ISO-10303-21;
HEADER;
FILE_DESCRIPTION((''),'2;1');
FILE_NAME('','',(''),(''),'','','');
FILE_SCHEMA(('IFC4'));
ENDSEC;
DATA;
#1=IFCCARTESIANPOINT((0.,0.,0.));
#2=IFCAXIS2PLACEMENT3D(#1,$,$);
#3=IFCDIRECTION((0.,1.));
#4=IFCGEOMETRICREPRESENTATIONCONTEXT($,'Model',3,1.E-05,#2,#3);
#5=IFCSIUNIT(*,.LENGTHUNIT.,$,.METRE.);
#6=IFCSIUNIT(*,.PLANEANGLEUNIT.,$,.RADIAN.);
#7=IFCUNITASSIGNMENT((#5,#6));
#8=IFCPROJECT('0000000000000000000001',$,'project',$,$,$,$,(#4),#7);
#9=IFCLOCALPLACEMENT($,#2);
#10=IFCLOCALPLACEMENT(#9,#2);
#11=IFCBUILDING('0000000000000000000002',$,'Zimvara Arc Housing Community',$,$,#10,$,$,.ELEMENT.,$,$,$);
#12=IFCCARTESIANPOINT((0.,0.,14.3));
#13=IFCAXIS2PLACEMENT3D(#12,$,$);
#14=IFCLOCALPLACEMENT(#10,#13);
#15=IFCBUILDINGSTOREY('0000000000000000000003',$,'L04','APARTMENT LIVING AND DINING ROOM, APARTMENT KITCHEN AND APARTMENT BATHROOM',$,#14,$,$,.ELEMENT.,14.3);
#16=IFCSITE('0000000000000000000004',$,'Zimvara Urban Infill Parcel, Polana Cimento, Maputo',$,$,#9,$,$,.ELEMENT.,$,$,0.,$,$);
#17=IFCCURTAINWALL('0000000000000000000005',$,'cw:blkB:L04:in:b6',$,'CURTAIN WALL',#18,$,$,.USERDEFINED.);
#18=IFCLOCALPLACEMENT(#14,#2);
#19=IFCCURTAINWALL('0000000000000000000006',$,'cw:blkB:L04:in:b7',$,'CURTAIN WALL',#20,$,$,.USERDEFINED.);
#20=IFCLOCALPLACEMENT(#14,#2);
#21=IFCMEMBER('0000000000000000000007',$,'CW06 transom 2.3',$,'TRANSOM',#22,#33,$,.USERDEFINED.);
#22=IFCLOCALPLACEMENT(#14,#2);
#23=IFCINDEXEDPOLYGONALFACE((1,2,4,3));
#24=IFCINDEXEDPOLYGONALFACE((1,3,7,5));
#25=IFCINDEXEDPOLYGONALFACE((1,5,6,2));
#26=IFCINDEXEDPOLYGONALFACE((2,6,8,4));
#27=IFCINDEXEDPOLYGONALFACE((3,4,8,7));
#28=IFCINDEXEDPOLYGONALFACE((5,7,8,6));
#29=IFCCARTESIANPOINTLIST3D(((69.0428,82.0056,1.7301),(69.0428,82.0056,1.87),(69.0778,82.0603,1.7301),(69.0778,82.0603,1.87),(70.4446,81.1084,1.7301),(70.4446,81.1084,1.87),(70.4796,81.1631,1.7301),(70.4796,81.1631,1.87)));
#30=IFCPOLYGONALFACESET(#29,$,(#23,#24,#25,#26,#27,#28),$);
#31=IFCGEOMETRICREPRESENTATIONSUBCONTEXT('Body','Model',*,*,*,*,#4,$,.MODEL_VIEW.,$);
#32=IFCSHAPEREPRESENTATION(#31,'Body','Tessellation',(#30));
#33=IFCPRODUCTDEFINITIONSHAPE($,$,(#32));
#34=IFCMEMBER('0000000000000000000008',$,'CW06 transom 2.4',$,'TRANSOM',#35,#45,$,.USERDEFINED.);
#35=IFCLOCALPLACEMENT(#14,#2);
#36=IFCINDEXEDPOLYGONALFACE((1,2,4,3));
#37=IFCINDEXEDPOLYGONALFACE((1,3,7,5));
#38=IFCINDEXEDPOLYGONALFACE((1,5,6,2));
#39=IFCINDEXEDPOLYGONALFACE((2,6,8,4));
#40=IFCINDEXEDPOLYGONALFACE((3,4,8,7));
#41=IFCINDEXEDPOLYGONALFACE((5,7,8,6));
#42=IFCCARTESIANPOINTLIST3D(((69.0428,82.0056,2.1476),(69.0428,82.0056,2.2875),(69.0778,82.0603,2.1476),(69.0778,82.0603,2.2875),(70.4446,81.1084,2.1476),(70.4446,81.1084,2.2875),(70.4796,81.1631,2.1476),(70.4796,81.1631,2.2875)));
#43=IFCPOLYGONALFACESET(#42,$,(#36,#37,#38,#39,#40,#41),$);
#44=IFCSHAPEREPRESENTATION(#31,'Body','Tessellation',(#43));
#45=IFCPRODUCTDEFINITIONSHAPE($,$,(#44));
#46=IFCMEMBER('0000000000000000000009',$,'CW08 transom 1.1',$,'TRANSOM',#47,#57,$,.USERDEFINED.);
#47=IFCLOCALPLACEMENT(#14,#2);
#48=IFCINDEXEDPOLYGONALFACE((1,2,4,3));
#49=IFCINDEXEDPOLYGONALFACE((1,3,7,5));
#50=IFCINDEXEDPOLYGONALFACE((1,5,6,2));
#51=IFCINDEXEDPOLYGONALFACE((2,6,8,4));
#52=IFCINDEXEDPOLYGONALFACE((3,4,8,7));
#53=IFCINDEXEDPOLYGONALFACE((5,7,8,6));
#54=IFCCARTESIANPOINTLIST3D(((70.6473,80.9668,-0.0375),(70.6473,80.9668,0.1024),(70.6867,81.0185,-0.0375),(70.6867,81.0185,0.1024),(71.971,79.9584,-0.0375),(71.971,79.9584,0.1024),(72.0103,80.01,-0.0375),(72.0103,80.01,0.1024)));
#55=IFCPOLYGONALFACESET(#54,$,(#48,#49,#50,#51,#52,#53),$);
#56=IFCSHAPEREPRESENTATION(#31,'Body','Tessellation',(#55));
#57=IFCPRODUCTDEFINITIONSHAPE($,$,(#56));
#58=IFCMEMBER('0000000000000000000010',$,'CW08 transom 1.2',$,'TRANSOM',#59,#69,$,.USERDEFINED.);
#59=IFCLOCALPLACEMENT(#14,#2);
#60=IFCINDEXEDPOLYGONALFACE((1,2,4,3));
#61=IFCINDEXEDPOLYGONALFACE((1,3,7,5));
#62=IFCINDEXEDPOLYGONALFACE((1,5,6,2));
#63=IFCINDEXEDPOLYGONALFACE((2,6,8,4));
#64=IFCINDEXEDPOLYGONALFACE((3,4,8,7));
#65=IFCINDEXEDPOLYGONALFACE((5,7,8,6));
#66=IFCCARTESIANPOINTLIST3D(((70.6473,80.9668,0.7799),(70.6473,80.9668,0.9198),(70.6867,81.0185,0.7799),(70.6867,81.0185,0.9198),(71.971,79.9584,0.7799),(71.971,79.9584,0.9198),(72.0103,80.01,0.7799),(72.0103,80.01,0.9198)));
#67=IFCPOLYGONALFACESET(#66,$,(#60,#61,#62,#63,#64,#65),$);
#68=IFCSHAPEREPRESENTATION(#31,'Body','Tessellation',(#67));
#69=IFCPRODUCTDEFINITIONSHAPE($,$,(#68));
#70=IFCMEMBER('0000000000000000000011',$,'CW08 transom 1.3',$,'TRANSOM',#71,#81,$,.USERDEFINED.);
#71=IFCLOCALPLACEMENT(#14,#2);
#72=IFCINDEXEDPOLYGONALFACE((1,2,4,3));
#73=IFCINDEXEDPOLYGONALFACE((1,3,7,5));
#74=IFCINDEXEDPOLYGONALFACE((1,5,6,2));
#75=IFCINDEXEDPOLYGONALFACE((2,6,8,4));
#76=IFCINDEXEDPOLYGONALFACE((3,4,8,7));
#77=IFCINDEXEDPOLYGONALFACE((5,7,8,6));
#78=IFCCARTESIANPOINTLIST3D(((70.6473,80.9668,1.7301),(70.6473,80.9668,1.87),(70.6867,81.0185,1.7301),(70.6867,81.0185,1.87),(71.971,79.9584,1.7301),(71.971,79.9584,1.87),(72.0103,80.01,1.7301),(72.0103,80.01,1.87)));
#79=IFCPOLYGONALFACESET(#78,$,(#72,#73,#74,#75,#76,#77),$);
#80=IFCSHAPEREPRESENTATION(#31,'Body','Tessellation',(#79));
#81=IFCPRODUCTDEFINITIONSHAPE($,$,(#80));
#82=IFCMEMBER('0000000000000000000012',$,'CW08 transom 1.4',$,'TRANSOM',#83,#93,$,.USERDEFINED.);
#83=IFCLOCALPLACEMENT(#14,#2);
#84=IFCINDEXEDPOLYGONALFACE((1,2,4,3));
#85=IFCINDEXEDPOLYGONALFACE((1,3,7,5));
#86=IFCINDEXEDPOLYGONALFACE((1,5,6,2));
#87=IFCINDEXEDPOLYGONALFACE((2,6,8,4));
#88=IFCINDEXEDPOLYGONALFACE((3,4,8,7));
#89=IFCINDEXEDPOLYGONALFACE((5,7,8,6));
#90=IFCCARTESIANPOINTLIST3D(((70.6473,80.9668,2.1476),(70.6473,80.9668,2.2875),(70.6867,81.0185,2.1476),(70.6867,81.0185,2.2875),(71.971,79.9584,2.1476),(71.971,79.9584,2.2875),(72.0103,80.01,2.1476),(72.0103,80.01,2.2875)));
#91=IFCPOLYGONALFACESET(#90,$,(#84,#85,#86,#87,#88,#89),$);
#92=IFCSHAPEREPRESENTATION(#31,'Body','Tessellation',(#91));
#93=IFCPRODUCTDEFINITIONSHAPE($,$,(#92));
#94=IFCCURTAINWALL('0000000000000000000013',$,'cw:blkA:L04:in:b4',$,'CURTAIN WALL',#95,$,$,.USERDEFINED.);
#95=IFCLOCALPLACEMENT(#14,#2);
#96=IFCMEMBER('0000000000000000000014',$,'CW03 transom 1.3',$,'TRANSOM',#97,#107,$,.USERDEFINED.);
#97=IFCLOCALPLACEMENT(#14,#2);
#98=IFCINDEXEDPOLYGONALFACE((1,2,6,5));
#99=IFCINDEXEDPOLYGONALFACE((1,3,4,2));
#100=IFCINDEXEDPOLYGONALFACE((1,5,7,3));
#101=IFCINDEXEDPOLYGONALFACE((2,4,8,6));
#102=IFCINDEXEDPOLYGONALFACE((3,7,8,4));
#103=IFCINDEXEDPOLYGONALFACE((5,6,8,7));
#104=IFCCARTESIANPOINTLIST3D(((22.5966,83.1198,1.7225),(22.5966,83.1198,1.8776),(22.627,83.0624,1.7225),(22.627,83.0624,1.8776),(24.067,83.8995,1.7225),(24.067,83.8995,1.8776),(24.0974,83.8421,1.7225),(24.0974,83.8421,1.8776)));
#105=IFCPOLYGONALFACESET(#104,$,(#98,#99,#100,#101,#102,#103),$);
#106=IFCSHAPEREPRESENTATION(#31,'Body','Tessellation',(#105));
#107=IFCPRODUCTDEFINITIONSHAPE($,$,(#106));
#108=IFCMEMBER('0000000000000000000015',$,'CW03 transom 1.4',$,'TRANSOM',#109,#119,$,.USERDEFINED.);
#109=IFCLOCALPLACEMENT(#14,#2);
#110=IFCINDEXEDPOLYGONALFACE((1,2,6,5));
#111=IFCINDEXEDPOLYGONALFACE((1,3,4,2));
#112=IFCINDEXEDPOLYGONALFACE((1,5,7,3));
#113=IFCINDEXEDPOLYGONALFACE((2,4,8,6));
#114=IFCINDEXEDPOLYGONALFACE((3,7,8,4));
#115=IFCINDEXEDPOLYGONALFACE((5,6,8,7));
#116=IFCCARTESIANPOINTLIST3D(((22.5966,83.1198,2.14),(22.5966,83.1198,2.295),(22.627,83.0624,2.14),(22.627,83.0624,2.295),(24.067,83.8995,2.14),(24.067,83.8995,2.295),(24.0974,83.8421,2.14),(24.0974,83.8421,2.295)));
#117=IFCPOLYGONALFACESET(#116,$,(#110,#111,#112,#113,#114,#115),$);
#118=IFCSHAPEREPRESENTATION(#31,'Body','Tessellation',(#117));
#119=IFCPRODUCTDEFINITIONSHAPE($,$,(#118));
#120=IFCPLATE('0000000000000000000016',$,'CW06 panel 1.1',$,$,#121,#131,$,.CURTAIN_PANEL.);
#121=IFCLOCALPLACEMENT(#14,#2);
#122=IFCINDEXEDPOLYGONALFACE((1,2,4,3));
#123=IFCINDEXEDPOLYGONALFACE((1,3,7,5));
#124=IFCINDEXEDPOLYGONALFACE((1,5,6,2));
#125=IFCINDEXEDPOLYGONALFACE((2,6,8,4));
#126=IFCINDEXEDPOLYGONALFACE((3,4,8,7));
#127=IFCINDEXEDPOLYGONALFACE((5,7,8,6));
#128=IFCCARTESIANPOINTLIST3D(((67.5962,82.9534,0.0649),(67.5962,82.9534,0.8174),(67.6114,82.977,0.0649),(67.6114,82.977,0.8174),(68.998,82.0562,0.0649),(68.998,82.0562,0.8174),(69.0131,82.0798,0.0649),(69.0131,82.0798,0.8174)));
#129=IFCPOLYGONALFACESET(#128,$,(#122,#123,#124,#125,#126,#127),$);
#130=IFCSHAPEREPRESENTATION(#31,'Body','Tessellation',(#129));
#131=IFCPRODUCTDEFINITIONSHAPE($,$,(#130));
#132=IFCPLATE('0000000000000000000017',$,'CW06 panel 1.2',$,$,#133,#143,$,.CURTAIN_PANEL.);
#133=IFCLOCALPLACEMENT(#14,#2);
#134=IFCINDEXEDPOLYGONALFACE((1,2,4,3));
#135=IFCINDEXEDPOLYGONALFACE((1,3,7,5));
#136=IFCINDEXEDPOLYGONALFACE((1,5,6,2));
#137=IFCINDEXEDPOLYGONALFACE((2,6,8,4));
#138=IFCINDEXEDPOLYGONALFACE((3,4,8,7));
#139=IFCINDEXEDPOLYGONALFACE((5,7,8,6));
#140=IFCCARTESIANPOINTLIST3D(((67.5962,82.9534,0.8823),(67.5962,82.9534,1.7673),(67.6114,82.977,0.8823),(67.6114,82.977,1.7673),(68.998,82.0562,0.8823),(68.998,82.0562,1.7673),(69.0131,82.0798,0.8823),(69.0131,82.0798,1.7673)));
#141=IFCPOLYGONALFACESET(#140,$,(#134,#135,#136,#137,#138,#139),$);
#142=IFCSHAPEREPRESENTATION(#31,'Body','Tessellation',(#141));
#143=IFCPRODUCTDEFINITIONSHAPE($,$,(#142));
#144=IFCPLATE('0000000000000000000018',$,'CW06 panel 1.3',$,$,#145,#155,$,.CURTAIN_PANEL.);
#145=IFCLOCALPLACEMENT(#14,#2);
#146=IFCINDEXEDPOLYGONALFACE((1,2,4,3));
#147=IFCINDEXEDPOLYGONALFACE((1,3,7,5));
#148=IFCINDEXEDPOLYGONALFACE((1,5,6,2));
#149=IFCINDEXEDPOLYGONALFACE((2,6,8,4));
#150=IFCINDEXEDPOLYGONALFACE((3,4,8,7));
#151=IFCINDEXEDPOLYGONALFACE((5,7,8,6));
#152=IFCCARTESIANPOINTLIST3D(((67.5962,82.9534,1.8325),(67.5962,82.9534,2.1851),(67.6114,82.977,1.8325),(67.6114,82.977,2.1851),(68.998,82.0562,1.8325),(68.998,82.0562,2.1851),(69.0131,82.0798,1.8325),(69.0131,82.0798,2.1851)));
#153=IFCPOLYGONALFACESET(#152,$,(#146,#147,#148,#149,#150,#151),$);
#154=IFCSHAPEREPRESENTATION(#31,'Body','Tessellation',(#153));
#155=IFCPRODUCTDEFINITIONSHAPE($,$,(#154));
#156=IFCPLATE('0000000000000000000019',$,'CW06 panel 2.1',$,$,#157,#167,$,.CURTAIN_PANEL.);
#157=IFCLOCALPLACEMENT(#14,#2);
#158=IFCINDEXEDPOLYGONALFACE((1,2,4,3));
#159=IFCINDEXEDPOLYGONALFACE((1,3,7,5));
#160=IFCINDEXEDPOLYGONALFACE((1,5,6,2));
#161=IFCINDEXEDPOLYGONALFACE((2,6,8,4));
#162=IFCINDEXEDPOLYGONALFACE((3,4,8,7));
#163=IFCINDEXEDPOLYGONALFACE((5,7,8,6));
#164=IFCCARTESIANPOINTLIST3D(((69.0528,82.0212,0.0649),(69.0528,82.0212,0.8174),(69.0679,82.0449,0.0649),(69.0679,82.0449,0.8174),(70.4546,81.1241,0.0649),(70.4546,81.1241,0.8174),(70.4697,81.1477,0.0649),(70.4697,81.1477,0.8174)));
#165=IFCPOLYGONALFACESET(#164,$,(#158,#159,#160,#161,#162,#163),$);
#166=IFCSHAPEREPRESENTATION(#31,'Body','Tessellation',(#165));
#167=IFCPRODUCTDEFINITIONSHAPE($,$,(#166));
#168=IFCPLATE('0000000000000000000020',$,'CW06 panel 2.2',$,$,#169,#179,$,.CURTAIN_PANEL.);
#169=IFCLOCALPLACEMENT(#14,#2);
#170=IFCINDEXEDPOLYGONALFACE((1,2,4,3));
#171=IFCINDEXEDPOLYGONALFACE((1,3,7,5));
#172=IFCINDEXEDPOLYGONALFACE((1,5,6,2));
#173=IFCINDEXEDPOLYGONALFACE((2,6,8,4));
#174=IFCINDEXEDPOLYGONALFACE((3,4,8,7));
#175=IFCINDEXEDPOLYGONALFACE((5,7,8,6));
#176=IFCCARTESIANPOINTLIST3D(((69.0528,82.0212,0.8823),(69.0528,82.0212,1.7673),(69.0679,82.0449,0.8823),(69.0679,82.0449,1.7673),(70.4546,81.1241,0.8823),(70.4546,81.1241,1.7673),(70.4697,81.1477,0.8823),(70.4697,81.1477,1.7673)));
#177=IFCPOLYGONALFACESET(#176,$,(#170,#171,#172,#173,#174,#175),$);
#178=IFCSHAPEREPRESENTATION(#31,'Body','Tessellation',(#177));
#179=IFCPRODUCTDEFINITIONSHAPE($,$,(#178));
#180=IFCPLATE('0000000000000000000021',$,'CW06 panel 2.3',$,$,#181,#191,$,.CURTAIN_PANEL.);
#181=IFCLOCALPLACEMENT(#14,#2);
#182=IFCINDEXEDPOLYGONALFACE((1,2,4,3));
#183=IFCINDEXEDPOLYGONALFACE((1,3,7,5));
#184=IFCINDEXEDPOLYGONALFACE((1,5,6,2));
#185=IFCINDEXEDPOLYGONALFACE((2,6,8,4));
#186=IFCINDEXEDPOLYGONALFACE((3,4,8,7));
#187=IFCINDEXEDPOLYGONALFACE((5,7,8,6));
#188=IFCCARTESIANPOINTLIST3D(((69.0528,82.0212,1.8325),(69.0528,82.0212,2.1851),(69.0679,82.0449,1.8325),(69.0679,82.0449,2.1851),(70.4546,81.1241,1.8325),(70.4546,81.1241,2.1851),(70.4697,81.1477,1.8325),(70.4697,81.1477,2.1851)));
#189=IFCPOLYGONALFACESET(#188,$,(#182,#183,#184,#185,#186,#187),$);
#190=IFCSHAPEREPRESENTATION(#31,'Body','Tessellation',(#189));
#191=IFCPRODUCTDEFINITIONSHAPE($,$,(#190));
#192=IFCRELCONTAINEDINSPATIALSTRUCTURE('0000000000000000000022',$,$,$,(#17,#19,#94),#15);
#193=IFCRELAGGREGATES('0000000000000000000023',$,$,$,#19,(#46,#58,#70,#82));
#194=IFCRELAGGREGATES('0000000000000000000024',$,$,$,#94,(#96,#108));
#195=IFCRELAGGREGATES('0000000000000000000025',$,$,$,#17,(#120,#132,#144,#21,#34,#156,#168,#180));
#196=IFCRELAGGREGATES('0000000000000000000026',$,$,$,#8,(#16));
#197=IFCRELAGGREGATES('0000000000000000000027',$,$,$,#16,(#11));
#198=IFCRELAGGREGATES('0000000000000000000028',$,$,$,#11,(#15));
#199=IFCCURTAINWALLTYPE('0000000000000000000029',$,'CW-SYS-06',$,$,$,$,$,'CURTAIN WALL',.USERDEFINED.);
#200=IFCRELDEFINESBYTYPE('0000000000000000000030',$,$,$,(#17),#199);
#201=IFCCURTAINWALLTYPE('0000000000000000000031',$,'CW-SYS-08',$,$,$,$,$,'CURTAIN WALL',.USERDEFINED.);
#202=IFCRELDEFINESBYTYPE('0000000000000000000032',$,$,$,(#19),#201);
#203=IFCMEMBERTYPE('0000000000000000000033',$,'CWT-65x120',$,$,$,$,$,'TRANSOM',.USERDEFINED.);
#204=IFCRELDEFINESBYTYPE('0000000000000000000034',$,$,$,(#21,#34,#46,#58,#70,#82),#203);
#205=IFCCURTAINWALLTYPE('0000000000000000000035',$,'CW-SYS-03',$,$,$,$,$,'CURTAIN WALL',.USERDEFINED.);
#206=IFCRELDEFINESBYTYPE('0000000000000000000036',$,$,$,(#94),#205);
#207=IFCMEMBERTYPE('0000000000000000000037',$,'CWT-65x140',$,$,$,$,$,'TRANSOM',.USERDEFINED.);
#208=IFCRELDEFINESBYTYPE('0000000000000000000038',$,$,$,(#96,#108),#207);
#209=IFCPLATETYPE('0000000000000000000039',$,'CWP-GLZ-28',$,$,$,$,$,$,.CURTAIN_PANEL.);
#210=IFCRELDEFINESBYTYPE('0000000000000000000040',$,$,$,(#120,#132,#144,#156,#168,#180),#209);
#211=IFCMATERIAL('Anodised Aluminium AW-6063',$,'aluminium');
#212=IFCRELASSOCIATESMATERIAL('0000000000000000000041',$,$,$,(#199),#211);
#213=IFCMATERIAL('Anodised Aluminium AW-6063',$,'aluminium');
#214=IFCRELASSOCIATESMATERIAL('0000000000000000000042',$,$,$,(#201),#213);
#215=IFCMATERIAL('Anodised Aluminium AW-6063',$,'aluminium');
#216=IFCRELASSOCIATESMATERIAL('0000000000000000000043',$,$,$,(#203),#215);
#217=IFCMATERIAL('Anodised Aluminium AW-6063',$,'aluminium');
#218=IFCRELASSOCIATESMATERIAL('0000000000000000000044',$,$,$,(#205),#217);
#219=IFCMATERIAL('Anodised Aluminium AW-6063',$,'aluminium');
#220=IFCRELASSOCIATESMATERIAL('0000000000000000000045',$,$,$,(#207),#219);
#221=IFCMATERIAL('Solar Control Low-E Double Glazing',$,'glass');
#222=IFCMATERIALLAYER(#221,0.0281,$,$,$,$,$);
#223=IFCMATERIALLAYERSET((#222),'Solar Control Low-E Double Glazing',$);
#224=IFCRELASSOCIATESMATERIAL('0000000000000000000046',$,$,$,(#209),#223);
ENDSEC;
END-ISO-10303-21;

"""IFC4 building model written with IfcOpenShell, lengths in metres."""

from ifc_helpers import new_model, si_unit, direction, frame, origin, origin_2d, place, context, subcontext, project, spatial, rectangle, extrude, material, layer, layer_set, material_profile, profile_set, type_object, element, aggregate, save


model = new_model("IFC4")

# Units and contexts
model_context = context("Model", 3, precision=1e-05, world=origin(), true_north=direction((0.0, 1.0)))
body_context = subcontext(model_context, "Body", "Model", "MODEL_VIEW")
ifc_project = project(units=[si_unit("LENGTHUNIT", "METRE"), si_unit("PLANEANGLEUNIT", "RADIAN")], contexts=[model_context])

# Site, building, storey
site_placement = place(None, origin())
site = spatial("IfcSite", under=ifc_project, at=site_placement, Name="Zimvara Urban Infill Parcel, Polana Cimento, Maputo", CompositionType="ELEMENT", RefElevation=0.0)
building_placement = place(site_placement, origin())
building = spatial("IfcBuilding", under=site, at=building_placement, Name="Zimvara Arc Housing Community", CompositionType="ELEMENT")
storey_placement = place(building_placement, frame((0.0, 0.0, 14.3)))
storey = spatial("IfcBuildingStorey", under=building, at=storey_placement, Name="L04", Description="APARTMENT LIVING AND DINING ROOM, APARTMENT KITCHEN AND APARTMENT BATHROOM", CompositionType="ELEMENT", Elevation=14.3)

# Curtain wall
ifc_material_1 = material(Name="Anodised Aluminium AW-6063", Category="aluminium")
curtain_wall_type_1 = type_object("IfcCurtainWallType", Name="CW-SYS-06", ElementType="CURTAIN WALL", PredefinedType="USERDEFINED", material=ifc_material_1)
curtain_wall_1_placement = place(storey_placement, origin())
curtain_wall_1 = element("IfcCurtainWall", 1, at=curtain_wall_1_placement, inside=storey, type_object=curtain_wall_type_1, Name="cw:blkB:L04:in:b6", ObjectType="CURTAIN WALL", PredefinedType="USERDEFINED")

# Curtain wall
ifc_material_2 = material(Name="Anodised Aluminium AW-6063", Category="aluminium")
curtain_wall_type_2 = type_object("IfcCurtainWallType", Name="CW-SYS-08", ElementType="CURTAIN WALL", PredefinedType="USERDEFINED", material=ifc_material_2)
curtain_wall_2_placement = place(storey_placement, origin())
curtain_wall_2 = element("IfcCurtainWall", 2, at=curtain_wall_2_placement, inside=storey, type_object=curtain_wall_type_2, Name="cw:blkB:L04:in:b7", ObjectType="CURTAIN WALL", PredefinedType="USERDEFINED")

# Members
ifc_material_3 = material(Name="Anodised Aluminium AW-6063", Category="aluminium")
ifc_material_profile_1 = material_profile(ifc_material_3, rectangle(XDim=0.0649, YDim=0.1399, at=origin_2d()), Name="ALU 65x140")
ifc_profile_set_1 = profile_set([ifc_material_profile_1], Name="Anodised Aluminium AW-6063")
member_type_1 = type_object("IfcMemberType", Name="CWT-65x120", ElementType="TRANSOM", PredefinedType="USERDEFINED", material=ifc_profile_set_1)
member_1_placement = place(storey_placement, frame((69.0603, 82.033, 1.8), z_axis=(0.842263, -0.539066, 0.0), x_axis=(0.539066, 0.842263, 0.0)))
member_1 = element("IfcMember", 3, at=member_1_placement, type_object=member_type_1, Name="CW06 transom 2.3", ObjectType="TRANSOM", PredefinedType="USERDEFINED", context=body_context, shape_type="SweptSolid", body=[
    extrude(rectangle(XDim=0.0649, YDim=0.1399, at=origin_2d()), origin(), (0.0, 0.0, 1.0), 1.6643),
])
member_2_placement = place(storey_placement, frame((69.0603, 82.033, 2.2175), z_axis=(0.842263, -0.539066, 0.0), x_axis=(0.539066, 0.842263, 0.0)))
member_2 = element("IfcMember", 4, at=member_2_placement, type_object=member_type_1, Name="CW06 transom 2.4", ObjectType="TRANSOM", PredefinedType="USERDEFINED", context=body_context, shape_type="SweptSolid", body=[
    extrude(rectangle(XDim=0.0649, YDim=0.1399, at=origin_2d()), origin(), (0.0, 0.0, 1.0), 1.6643),
])
member_3_placement = place(storey_placement, frame((70.667, 80.9927, 0.0325), z_axis=(0.795435, -0.606039, 0.0), x_axis=(0.606039, 0.795435, 0.0)))
member_3 = element("IfcMember", 5, at=member_3_placement, type_object=member_type_1, Name="CW08 transom 1.1", ObjectType="TRANSOM", PredefinedType="USERDEFINED", context=body_context, shape_type="SweptSolid", body=[
    extrude(rectangle(XDim=0.0649, YDim=0.1399, at=origin_2d()), origin(), (0.0, 0.0, 1.0), 1.6641),
])
member_4_placement = place(storey_placement, frame((70.667, 80.9927, 0.8499), z_axis=(0.795435, -0.606039, 0.0), x_axis=(0.606039, 0.795435, 0.0)))
member_4 = element("IfcMember", 6, at=member_4_placement, type_object=member_type_1, Name="CW08 transom 1.2", ObjectType="TRANSOM", PredefinedType="USERDEFINED", context=body_context, shape_type="SweptSolid", body=[
    extrude(rectangle(XDim=0.0649, YDim=0.1399, at=origin_2d()), origin(), (0.0, 0.0, 1.0), 1.6641),
])
member_5_placement = place(storey_placement, frame((70.667, 80.9927, 1.8), z_axis=(0.795435, -0.606039, 0.0), x_axis=(0.606039, 0.795435, 0.0)))
member_5 = element("IfcMember", 7, at=member_5_placement, type_object=member_type_1, Name="CW08 transom 1.3", ObjectType="TRANSOM", PredefinedType="USERDEFINED", context=body_context, shape_type="SweptSolid", body=[
    extrude(rectangle(XDim=0.0649, YDim=0.1399, at=origin_2d()), origin(), (0.0, 0.0, 1.0), 1.6641),
])
member_6_placement = place(storey_placement, frame((70.667, 80.9927, 2.2175), z_axis=(0.795435, -0.606039, 0.0), x_axis=(0.606039, 0.795435, 0.0)))
member_6 = element("IfcMember", 8, at=member_6_placement, type_object=member_type_1, Name="CW08 transom 1.4", ObjectType="TRANSOM", PredefinedType="USERDEFINED", context=body_context, shape_type="SweptSolid", body=[
    extrude(rectangle(XDim=0.0649, YDim=0.1399, at=origin_2d()), origin(), (0.0, 0.0, 1.0), 1.6641),
])
aggregate(curtain_wall_2, [member_3, member_4, member_5, member_6])

# Curtain wall, members
ifc_material_4 = material(Name="Anodised Aluminium AW-6063", Category="aluminium")
curtain_wall_type_3 = type_object("IfcCurtainWallType", Name="CW-SYS-03", ElementType="CURTAIN WALL", PredefinedType="USERDEFINED", material=ifc_material_4)
curtain_wall_3_placement = place(storey_placement, origin())
curtain_wall_3 = element("IfcCurtainWall", 9, at=curtain_wall_3_placement, inside=storey, type_object=curtain_wall_type_3, Name="cw:blkA:L04:in:b4", ObjectType="CURTAIN WALL", PredefinedType="USERDEFINED")
ifc_material_5 = material(Name="Anodised Aluminium AW-6063", Category="aluminium")
ifc_material_profile_2 = material_profile(ifc_material_5, rectangle(XDim=0.0649, YDim=0.155, at=origin_2d()), Name="ALU 65x155")
ifc_profile_set_2 = profile_set([ifc_material_profile_2], Name="Anodised Aluminium AW-6063")
member_type_2 = type_object("IfcMemberType", Name="CWT-65x140", ElementType="TRANSOM", PredefinedType="USERDEFINED", material=ifc_profile_set_2)
member_7_placement = place(storey_placement, frame((22.6118, 83.0911, 1.8), z_axis=(0.883463, 0.468501, 0.0), x_axis=(-0.468501, 0.883463, 0.0)))
member_7 = element("IfcMember", 10, at=member_7_placement, type_object=member_type_2, Name="CW03 transom 1.3", ObjectType="TRANSOM", PredefinedType="USERDEFINED", context=body_context, shape_type="SweptSolid", body=[
    extrude(rectangle(XDim=0.0649, YDim=0.155, at=origin_2d()), origin(), (0.0, 0.0, 1.0), 1.6643),
])
member_8_placement = place(storey_placement, frame((22.6118, 83.0911, 2.2175), z_axis=(0.883463, 0.468501, 0.0), x_axis=(-0.468501, 0.883463, 0.0)))
member_8 = element("IfcMember", 11, at=member_8_placement, type_object=member_type_2, Name="CW03 transom 1.4", ObjectType="TRANSOM", PredefinedType="USERDEFINED", context=body_context, shape_type="SweptSolid", body=[
    extrude(rectangle(XDim=0.0649, YDim=0.155, at=origin_2d()), origin(), (0.0, 0.0, 1.0), 1.6643),
])
aggregate(curtain_wall_3, [member_7, member_8])

# Plates
ifc_material_6 = material(Name="Solar Control Low-E Double Glazing", Category="glass")
ifc_layer_1 = layer(ifc_material_6, 0.0281)
ifc_layer_set_1 = layer_set([ifc_layer_1], Name="Solar Control Low-E Double Glazing")
plate_type = type_object("IfcPlateType", Name="CWP-GLZ-28", PredefinedType="CURTAIN_PANEL", material=ifc_layer_set_1)
plate_1_placement = place(storey_placement, frame((68.3047, 82.5166, 0.0649), z_axis=(0.0, 0.0, 1.0), x_axis=(0.842265, -0.539064, 0.0)))
plate_1 = element("IfcPlate", 12, at=plate_1_placement, type_object=plate_type, Name="CW06 panel 1.1", PredefinedType="CURTAIN_PANEL", context=body_context, shape_type="SweptSolid", body=[
    extrude(rectangle(XDim=1.6643, YDim=0.0281, at=origin_2d()), origin(), (0.0, 0.0, 1.0), 0.7524),
])
plate_2_placement = place(storey_placement, frame((68.3047, 82.5166, 0.8823), z_axis=(0.0, 0.0, 1.0), x_axis=(0.842265, -0.539064, 0.0)))
plate_2 = element("IfcPlate", 13, at=plate_2_placement, type_object=plate_type, Name="CW06 panel 1.2", PredefinedType="CURTAIN_PANEL", context=body_context, shape_type="SweptSolid", body=[
    extrude(rectangle(XDim=1.6643, YDim=0.0281, at=origin_2d()), origin(), (0.0, 0.0, 1.0), 0.885),
])
plate_3_placement = place(storey_placement, frame((68.3047, 82.5166, 1.8325), z_axis=(0.0, 0.0, 1.0), x_axis=(0.842265, -0.539064, 0.0)))
plate_3 = element("IfcPlate", 14, at=plate_3_placement, type_object=plate_type, Name="CW06 panel 1.3", PredefinedType="CURTAIN_PANEL", context=body_context, shape_type="SweptSolid", body=[
    extrude(rectangle(XDim=1.6643, YDim=0.0281, at=origin_2d()), origin(), (0.0, 0.0, 1.0), 0.3525),
])
plate_4_placement = place(storey_placement, frame((69.7612, 81.5845, 0.0649), z_axis=(0.0, 0.0, 1.0), x_axis=(0.842265, -0.539064, 0.0)))
plate_4 = element("IfcPlate", 15, at=plate_4_placement, type_object=plate_type, Name="CW06 panel 2.1", PredefinedType="CURTAIN_PANEL", context=body_context, shape_type="SweptSolid", body=[
    extrude(rectangle(XDim=1.6643, YDim=0.0281, at=origin_2d()), origin(), (0.0, 0.0, 1.0), 0.7524),
])
plate_5_placement = place(storey_placement, frame((69.7612, 81.5845, 0.8823), z_axis=(0.0, 0.0, 1.0), x_axis=(0.842265, -0.539064, 0.0)))
plate_5 = element("IfcPlate", 16, at=plate_5_placement, type_object=plate_type, Name="CW06 panel 2.2", PredefinedType="CURTAIN_PANEL", context=body_context, shape_type="SweptSolid", body=[
    extrude(rectangle(XDim=1.6643, YDim=0.0281, at=origin_2d()), origin(), (0.0, 0.0, 1.0), 0.885),
])
plate_6_placement = place(storey_placement, frame((69.7612, 81.5845, 1.8325), z_axis=(0.0, 0.0, 1.0), x_axis=(0.842265, -0.539064, 0.0)))
plate_6 = element("IfcPlate", 17, at=plate_6_placement, type_object=plate_type, Name="CW06 panel 2.3", PredefinedType="CURTAIN_PANEL", context=body_context, shape_type="SweptSolid", body=[
    extrude(rectangle(XDim=1.6643, YDim=0.0281, at=origin_2d()), origin(), (0.0, 0.0, 1.0), 0.3525),
])
aggregate(curtain_wall_1, [plate_1, plate_2, plate_3, member_1, member_2, plate_4, plate_5, plate_6])

save(model, "model.ifc")
